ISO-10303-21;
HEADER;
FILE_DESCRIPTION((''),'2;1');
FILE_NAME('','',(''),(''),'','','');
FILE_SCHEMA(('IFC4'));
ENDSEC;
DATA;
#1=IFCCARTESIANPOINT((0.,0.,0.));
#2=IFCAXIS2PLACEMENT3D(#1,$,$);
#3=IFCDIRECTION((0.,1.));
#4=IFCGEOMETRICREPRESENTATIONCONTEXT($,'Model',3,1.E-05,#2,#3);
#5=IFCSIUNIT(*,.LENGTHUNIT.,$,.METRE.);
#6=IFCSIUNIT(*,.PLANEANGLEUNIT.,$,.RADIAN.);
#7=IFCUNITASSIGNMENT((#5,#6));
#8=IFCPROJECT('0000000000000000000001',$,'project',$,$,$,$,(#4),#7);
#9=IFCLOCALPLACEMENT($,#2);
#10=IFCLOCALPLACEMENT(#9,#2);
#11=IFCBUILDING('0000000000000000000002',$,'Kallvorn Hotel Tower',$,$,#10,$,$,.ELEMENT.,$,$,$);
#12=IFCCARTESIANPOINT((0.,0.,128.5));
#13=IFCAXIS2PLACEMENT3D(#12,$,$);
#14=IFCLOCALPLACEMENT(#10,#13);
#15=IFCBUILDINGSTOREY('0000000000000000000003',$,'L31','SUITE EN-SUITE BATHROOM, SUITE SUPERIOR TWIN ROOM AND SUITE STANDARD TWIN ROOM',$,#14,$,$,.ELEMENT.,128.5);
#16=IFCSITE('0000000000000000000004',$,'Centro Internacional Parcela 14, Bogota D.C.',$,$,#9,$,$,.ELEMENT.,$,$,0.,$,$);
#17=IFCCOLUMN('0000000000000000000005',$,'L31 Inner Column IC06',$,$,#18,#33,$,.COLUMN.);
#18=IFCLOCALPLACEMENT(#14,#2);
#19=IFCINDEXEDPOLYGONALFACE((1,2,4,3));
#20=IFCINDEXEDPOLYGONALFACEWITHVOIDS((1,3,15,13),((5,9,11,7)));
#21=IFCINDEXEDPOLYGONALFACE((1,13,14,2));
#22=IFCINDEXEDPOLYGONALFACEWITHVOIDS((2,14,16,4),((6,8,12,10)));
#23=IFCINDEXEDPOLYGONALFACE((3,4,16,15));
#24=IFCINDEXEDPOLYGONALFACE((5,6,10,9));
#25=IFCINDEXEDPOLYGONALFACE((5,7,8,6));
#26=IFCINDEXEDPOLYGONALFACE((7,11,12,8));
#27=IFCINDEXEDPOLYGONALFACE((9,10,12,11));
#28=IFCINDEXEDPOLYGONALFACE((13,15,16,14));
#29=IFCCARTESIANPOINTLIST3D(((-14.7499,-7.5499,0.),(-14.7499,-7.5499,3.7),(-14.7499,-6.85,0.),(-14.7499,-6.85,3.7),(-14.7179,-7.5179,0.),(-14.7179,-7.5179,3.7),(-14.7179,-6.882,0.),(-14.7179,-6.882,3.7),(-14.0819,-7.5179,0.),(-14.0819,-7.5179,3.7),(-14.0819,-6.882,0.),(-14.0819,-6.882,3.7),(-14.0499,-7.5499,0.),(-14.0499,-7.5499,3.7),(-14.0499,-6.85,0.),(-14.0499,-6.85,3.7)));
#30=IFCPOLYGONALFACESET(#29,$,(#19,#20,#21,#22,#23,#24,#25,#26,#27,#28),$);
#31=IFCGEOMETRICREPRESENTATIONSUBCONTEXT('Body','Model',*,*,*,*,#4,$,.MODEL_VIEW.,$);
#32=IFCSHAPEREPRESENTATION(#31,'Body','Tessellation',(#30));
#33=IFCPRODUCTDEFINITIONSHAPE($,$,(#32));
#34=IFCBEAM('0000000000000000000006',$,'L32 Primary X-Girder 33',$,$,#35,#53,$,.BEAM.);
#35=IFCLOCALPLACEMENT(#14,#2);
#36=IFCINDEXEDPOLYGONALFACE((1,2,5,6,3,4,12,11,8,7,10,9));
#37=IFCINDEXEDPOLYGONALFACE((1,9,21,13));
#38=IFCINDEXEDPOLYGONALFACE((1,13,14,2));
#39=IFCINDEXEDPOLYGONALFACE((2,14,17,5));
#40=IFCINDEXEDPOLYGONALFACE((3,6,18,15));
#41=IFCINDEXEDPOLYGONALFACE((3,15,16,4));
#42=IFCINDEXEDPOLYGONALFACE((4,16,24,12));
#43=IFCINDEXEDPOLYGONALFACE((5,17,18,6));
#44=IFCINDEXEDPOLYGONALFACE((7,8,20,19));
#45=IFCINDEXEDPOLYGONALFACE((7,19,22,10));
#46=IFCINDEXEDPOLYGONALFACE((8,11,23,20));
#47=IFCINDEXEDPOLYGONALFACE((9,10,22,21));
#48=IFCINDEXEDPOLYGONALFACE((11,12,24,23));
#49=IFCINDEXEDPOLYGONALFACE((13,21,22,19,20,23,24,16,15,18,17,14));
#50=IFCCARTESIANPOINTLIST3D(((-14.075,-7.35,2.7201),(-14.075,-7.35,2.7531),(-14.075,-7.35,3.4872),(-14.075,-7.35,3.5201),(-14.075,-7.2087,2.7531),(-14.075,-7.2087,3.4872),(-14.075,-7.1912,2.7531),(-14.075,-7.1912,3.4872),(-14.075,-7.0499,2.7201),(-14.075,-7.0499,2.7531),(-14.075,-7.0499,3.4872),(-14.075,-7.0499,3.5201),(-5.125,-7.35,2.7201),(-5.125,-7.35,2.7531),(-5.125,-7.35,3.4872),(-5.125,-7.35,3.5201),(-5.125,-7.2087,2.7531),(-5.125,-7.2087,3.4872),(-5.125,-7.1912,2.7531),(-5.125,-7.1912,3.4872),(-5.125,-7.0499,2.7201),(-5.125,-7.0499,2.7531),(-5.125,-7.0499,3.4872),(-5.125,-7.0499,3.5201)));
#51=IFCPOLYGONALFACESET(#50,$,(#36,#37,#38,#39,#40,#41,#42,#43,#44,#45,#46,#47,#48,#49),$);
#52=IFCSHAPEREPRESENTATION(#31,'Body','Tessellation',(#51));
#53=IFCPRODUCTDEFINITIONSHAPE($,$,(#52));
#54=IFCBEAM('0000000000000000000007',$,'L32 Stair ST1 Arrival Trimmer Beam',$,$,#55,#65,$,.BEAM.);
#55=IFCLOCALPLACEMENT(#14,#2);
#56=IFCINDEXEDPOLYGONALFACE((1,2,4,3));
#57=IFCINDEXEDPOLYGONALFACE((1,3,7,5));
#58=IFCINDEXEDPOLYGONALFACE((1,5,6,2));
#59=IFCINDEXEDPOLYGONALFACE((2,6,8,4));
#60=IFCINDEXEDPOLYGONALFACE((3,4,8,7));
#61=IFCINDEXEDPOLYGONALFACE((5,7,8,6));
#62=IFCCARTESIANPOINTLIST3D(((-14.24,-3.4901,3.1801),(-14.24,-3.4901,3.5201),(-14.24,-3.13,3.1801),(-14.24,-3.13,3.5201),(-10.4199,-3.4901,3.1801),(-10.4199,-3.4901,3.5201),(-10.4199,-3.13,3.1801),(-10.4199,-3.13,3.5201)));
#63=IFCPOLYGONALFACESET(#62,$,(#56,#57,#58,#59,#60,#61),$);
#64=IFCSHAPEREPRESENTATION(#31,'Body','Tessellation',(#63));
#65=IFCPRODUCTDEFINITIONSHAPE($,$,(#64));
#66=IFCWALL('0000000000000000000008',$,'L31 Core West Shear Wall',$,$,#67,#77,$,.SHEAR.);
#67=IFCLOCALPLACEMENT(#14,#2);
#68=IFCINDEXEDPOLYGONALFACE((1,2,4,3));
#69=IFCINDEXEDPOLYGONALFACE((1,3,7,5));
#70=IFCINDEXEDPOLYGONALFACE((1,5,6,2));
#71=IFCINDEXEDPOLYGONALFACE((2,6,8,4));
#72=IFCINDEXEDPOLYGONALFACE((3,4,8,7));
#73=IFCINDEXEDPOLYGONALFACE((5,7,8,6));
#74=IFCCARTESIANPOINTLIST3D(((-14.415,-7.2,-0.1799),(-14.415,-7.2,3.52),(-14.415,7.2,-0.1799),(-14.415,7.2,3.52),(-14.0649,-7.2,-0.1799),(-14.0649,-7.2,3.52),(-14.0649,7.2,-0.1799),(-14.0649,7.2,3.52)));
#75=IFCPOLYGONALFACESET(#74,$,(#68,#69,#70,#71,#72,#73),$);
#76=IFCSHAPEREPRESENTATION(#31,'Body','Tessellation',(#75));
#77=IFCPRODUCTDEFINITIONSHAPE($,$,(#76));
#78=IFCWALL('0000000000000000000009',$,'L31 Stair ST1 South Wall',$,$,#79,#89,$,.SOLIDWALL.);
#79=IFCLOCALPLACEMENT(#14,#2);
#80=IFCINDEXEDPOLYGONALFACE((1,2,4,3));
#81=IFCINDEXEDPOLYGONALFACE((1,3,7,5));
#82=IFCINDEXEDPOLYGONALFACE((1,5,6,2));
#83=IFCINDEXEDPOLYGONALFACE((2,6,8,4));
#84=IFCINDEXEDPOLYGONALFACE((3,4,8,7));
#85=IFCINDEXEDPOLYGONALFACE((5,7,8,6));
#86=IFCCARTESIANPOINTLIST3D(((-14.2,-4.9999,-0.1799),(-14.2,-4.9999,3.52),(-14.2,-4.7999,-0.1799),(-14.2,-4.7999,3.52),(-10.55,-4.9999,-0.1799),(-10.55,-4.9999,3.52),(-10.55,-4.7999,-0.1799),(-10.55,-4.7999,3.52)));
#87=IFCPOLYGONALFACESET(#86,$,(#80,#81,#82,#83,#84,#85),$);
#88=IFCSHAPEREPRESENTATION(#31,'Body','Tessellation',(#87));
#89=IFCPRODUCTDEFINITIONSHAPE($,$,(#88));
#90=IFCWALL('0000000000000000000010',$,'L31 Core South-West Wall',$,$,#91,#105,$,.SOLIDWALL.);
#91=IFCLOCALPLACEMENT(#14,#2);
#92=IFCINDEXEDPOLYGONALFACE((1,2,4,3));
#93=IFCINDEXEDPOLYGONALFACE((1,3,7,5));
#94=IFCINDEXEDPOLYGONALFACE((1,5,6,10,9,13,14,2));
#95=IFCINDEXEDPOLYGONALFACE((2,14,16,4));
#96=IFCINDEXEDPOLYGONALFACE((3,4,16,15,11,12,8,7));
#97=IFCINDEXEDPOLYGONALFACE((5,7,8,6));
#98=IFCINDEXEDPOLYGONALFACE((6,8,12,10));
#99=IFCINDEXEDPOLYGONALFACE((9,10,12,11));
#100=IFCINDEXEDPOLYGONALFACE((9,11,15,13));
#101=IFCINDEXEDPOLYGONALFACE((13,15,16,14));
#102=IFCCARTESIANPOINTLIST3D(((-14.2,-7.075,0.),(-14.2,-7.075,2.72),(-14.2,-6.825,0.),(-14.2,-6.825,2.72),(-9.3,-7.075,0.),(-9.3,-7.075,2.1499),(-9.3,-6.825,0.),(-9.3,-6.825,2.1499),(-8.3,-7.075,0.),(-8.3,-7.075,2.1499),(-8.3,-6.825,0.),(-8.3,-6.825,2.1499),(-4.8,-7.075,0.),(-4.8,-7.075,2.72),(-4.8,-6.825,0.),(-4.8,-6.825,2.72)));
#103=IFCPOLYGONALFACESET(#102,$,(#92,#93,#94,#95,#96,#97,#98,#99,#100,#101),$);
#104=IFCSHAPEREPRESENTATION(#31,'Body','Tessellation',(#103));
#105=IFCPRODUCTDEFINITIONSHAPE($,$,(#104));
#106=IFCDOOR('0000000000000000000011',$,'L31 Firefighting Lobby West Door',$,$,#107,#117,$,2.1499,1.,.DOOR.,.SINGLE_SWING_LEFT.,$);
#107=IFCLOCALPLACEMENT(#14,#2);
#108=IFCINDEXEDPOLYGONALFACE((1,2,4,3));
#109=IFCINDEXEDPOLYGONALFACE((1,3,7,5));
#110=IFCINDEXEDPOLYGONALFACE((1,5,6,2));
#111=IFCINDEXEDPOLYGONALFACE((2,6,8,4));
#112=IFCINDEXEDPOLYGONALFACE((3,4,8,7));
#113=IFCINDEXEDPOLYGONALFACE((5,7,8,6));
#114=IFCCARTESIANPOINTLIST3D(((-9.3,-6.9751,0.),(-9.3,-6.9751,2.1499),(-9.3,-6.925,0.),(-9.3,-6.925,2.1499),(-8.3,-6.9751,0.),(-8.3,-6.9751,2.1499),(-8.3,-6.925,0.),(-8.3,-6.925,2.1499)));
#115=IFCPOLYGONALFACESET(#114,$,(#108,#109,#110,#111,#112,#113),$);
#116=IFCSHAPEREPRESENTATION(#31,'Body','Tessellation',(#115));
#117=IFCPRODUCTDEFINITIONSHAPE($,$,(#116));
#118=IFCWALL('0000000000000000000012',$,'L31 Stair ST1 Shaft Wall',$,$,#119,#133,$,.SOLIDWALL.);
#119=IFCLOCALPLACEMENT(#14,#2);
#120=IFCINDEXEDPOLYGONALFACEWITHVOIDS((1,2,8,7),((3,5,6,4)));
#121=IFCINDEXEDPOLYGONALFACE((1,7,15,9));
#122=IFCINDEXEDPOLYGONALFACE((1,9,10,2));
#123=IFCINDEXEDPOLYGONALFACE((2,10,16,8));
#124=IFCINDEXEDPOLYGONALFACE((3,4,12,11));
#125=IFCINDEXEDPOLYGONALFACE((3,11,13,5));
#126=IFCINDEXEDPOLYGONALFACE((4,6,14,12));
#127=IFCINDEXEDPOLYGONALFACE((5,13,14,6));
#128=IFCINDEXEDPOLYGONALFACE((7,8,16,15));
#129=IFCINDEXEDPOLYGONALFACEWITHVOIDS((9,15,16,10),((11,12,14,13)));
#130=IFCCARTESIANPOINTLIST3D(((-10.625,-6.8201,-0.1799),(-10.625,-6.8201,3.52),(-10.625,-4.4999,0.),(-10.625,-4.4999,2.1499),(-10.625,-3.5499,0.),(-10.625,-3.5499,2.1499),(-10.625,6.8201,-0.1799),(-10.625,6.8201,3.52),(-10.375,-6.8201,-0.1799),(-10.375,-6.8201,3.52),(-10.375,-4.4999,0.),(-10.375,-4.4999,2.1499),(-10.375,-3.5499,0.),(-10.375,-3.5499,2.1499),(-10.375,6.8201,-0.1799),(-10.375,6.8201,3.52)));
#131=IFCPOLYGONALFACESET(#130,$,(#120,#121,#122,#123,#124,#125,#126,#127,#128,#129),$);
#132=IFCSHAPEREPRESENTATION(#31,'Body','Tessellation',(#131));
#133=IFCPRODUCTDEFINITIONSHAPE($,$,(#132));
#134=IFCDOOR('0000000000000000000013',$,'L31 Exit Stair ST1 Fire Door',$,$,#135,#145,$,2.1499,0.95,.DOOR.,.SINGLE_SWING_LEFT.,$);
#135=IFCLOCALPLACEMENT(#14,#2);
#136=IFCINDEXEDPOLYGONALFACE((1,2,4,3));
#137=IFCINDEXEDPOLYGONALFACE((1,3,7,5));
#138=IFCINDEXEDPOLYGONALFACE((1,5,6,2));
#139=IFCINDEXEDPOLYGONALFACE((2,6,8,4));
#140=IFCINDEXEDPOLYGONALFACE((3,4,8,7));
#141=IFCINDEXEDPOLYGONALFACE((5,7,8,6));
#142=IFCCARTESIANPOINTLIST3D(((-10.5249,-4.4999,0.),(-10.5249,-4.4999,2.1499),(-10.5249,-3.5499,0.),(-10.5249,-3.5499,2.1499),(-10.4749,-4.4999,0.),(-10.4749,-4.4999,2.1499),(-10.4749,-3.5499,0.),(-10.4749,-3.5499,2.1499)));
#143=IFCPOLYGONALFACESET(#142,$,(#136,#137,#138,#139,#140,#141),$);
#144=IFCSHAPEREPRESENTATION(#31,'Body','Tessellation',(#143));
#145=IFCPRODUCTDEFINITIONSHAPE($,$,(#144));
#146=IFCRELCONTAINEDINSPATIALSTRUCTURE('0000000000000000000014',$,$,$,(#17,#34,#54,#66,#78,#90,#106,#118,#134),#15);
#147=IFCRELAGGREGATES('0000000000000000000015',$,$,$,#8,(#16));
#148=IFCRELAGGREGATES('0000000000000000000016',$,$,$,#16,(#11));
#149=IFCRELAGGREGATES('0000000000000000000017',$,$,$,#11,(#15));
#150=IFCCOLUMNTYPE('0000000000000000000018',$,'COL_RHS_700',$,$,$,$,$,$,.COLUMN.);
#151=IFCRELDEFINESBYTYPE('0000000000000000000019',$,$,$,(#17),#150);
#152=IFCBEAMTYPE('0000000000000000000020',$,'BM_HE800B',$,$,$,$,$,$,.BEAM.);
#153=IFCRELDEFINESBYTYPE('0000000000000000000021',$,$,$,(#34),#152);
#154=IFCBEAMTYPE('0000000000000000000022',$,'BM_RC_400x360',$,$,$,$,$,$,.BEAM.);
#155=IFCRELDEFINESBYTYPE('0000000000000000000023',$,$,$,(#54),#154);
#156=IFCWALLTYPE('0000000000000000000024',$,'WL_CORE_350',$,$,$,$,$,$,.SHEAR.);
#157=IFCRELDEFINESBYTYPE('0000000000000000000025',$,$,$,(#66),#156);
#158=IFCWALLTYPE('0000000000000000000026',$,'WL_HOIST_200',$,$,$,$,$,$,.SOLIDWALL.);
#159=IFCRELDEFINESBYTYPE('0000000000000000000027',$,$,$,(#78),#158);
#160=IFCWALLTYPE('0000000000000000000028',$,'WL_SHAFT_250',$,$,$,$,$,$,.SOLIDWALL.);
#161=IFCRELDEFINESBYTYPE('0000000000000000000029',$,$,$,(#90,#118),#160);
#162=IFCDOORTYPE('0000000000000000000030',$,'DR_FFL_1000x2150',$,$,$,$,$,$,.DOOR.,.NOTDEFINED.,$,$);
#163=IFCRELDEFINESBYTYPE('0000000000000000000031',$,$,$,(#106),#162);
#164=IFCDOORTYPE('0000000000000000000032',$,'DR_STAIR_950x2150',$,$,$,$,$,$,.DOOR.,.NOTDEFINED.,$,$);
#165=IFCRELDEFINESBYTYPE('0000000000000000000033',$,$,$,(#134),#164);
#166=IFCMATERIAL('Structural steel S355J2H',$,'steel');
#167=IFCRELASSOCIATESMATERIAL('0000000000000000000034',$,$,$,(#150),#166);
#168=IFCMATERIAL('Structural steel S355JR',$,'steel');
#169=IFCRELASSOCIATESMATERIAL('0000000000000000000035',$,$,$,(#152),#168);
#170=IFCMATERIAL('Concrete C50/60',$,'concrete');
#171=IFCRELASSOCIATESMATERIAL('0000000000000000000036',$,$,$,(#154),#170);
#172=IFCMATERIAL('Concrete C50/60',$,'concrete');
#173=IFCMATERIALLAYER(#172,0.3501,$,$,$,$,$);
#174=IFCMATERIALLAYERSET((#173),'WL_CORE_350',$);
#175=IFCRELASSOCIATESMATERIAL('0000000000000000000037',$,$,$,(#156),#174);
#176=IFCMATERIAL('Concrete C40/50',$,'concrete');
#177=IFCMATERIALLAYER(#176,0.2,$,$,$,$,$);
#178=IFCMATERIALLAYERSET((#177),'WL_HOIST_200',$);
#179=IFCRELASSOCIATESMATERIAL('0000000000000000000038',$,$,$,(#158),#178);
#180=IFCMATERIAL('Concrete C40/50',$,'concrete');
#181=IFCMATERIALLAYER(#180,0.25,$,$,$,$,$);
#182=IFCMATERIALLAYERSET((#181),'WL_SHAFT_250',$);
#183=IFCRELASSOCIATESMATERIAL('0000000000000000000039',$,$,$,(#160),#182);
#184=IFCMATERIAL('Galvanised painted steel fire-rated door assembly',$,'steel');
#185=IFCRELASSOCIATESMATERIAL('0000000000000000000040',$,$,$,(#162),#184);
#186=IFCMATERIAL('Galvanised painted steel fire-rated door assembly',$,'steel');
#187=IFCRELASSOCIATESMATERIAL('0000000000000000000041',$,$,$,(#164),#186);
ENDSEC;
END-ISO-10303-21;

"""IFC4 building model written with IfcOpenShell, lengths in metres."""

from ifc_helpers import new_model, si_unit, direction, frame, frame_2d, origin, origin_2d, place, context, subcontext, project, spatial, rectangle, hollow_rectangle, i_section, extrude, material, layer, layer_set, material_profile, profile_set, type_object, element, fill, save


model = new_model("IFC4")

# Units and contexts
model_context = context("Model", 3, precision=1e-05, world=origin(), true_north=direction((0.0, 1.0)))
body_context = subcontext(model_context, "Body", "Model", "MODEL_VIEW")
ifc_project = project(units=[si_unit("LENGTHUNIT", "METRE"), si_unit("PLANEANGLEUNIT", "RADIAN")], contexts=[model_context])

# Site, building, storey
site_placement = place(None, origin())
site = spatial("IfcSite", under=ifc_project, at=site_placement, Name="Centro Internacional Parcela 14, Bogota D.C.", CompositionType="ELEMENT", RefElevation=0.0)
building_placement = place(site_placement, origin())
building = spatial("IfcBuilding", under=site, at=building_placement, Name="Kallvorn Hotel Tower", CompositionType="ELEMENT")
storey_placement = place(building_placement, frame((0.0, 0.0, 128.5)))
storey = spatial("IfcBuildingStorey", under=building, at=storey_placement, Name="L31", Description="SUITE EN-SUITE BATHROOM, SUITE SUPERIOR TWIN ROOM AND SUITE STANDARD TWIN ROOM", CompositionType="ELEMENT", Elevation=128.5)

# Column
ifc_material_1 = material(Name="Structural steel S355J2H", Category="steel")
ifc_material_profile_1 = material_profile(ifc_material_1, hollow_rectangle(XDim=0.7, YDim=0.7, WallThickness=0.032, at=origin_2d()), Name="RHS 700x700x32")
ifc_profile_set_1 = profile_set([ifc_material_profile_1], Name="Structural steel S355J2H")
column_type = type_object("IfcColumnType", Name="COL_RHS_700", PredefinedType="COLUMN", material=ifc_profile_set_1)
column_placement = place(storey_placement, frame((-14.3999, -7.2, 0.0), z_axis=(0.0, 0.0, 1.0), x_axis=(1.0, 0.0, 0.0)))
element("IfcColumn", 1, at=column_placement, inside=storey, type_object=column_type, Name="L31 Inner Column IC06", PredefinedType="COLUMN", context=body_context, shape_type="SweptSolid", body=[
    extrude(hollow_rectangle(XDim=0.7, YDim=0.7, WallThickness=0.032, at=origin_2d()), origin(), (0.0, 0.0, 1.0), 3.7),
])

# Beams
ifc_material_2 = material(Name="Structural steel S355JR", Category="steel")
ifc_material_profile_2 = material_profile(ifc_material_2, i_section(OverallWidth=0.3, OverallDepth=0.8, WebThickness=0.0176, FlangeThickness=0.033, at=origin_2d()), Name="HE 800 B")
ifc_profile_set_2 = profile_set([ifc_material_profile_2], Name="Structural steel S355JR")
beam_type_1 = type_object("IfcBeamType", Name="BM_HE800B", PredefinedType="BEAM", material=ifc_profile_set_2)
beam_1_placement = place(storey_placement, frame((-14.075, -7.2, 3.1201), z_axis=(1.0, 0.0, 0.0), x_axis=(0.0, 1.0, 0.0)))
element("IfcBeam", 2, at=beam_1_placement, inside=storey, type_object=beam_type_1, Name="L32 Primary X-Girder 33", PredefinedType="BEAM", context=body_context, shape_type="SweptSolid", body=[
    extrude(i_section(OverallWidth=0.3, OverallDepth=0.8, WebThickness=0.0176, FlangeThickness=0.033, at=origin_2d()), origin(), (0.0, 0.0, 1.0), 8.95),
])
ifc_material_3 = material(Name="Concrete C50/60", Category="concrete")
ifc_material_profile_3 = material_profile(ifc_material_3, rectangle(XDim=0.3601, YDim=0.3401, at=origin_2d()), Name="RC 360x340")
ifc_profile_set_3 = profile_set([ifc_material_profile_3], Name="Concrete C50/60")
beam_type_2 = type_object("IfcBeamType", Name="BM_RC_400x360", PredefinedType="BEAM", material=ifc_profile_set_3)
beam_2_placement = place(storey_placement, frame((-10.4199, -3.3101, 3.3501), z_axis=(-1.0, 0.0, 0.0), x_axis=(0.0, -1.0, 0.0)))
element("IfcBeam", 3, at=beam_2_placement, inside=storey, type_object=beam_type_2, Name="L32 Stair ST1 Arrival Trimmer Beam", PredefinedType="BEAM", context=body_context, shape_type="SweptSolid", body=[
    extrude(rectangle(XDim=0.3601, YDim=0.3401, at=origin_2d()), origin(), (0.0, 0.0, 1.0), 3.8201),
])

# Walls
ifc_material_4 = material(Name="Concrete C50/60", Category="concrete")
ifc_layer_1 = layer(ifc_material_4, 0.3501)
ifc_layer_set_1 = layer_set([ifc_layer_1], Name="WL_CORE_350")
wall_type_1 = type_object("IfcWallType", Name="WL_CORE_350", PredefinedType="SHEAR", material=ifc_layer_set_1)
wall_1_placement = place(storey_placement, frame((-14.24, -7.2, -0.1799), z_axis=(0.0, 0.0, 1.0), x_axis=(0.0, 1.0, 0.0)))
element("IfcWall", 4, at=wall_1_placement, inside=storey, type_object=wall_type_1, Name="L31 Core West Shear Wall", PredefinedType="SHEAR", context=body_context, shape_type="SweptSolid", body=[
    extrude(rectangle(XDim=14.3999, YDim=0.3501, at=frame_2d((7.2, 0.0))), origin(), (0.0, 0.0, 1.0), 3.7),
])
ifc_material_5 = material(Name="Concrete C40/50", Category="concrete")
ifc_layer_2 = layer(ifc_material_5, 0.2)
ifc_layer_set_2 = layer_set([ifc_layer_2], Name="WL_HOIST_200")
wall_type_2 = type_object("IfcWallType", Name="WL_HOIST_200", PredefinedType="SOLIDWALL", material=ifc_layer_set_2)
wall_2_placement = place(storey_placement, frame((-14.2, -4.8999, -0.1799), z_axis=(0.0, 0.0, 1.0), x_axis=(1.0, 0.0, 0.0)))
element("IfcWall", 5, at=wall_2_placement, inside=storey, type_object=wall_type_2, Name="L31 Stair ST1 South Wall", PredefinedType="SOLIDWALL", context=body_context, shape_type="SweptSolid", body=[
    extrude(rectangle(XDim=3.6499, YDim=0.2, at=frame_2d((1.825, 0.0))), origin(), (0.0, 0.0, 1.0), 3.7),
])

# Walls, openings, doors
ifc_material_6 = material(Name="Concrete C40/50", Category="concrete")
ifc_layer_3 = layer(ifc_material_6, 0.25)
ifc_layer_set_3 = layer_set([ifc_layer_3], Name="WL_SHAFT_250")
wall_type_3 = type_object("IfcWallType", Name="WL_SHAFT_250", PredefinedType="SOLIDWALL", material=ifc_layer_set_3)
wall_3_placement = place(storey_placement, frame((-14.2, -6.95, 0.0), z_axis=(0.0, 0.0, 1.0), x_axis=(1.0, 0.0, 0.0)))
wall_3 = element("IfcWall", 6, at=wall_3_placement, inside=storey, type_object=wall_type_3, Name="L31 Core South-West Wall", PredefinedType="SOLIDWALL", context=body_context, shape_type="SweptSolid", body=[
    extrude(rectangle(XDim=9.3999, YDim=0.25, at=frame_2d((4.7, 0.0))), origin(), (0.0, 0.0, 1.0), 2.72),
])
opening_1_placement = place(wall_3_placement, frame((4.8999, 0.0, 0.0)))
opening_1 = element("IfcOpeningElement", 7, at=opening_1_placement, cuts=wall_3, PredefinedType="OPENING", context=body_context, shape_type="SweptSolid", body=[
    extrude(rectangle(XDim=1.0, YDim=2.1499, at=frame_2d((0.5, 1.075))), frame((0.0, 0.1399, 0.0), z_axis=(0.0, -1.0, 0.0), x_axis=(1.0, 0.0, 0.0)), (0.0, 0.0, 1.0), 0.28),
])
ifc_material_7 = material(Name="Galvanised painted steel fire-rated door assembly", Category="steel")
door_type_1 = type_object("IfcDoorType", Name="DR_FFL_1000x2150", OperationType="NOTDEFINED", PredefinedType="DOOR", material=ifc_material_7)
door_1_placement = place(opening_1_placement, origin())
door_1 = element("IfcDoor", 8, at=door_1_placement, inside=storey, type_object=door_type_1, Name="L31 Firefighting Lobby West Door", OperationType="SINGLE_SWING_LEFT", OverallHeight=2.1499, OverallWidth=1.0, PredefinedType="DOOR", context=body_context, shape_type="SweptSolid", body=[
    extrude(rectangle(XDim=1.0, YDim=2.1499, at=frame_2d((0.5, 1.075))), frame((0.0, 0.0249, 0.0), z_axis=(0.0, -1.0, 0.0), x_axis=(1.0, 0.0, 0.0)), (0.0, 0.0, 1.0), 0.05),
])
fill(opening_1, door_1)
wall_4_placement = place(storey_placement, frame((-10.5, -6.8201, -0.1799), z_axis=(0.0, 0.0, 1.0), x_axis=(0.0, 1.0, 0.0)))
wall_4 = element("IfcWall", 9, at=wall_4_placement, inside=storey, type_object=wall_type_3, Name="L31 Stair ST1 Shaft Wall", PredefinedType="SOLIDWALL", context=body_context, shape_type="SweptSolid", body=[
    extrude(rectangle(XDim=13.6401, YDim=0.25, at=frame_2d((6.8201, 0.0))), origin(), (0.0, 0.0, 1.0), 3.7),
])
opening_2_placement = place(wall_4_placement, frame((2.3201, 0.0, 0.1799)))
opening_2 = element("IfcOpeningElement", 10, at=opening_2_placement, cuts=wall_4, PredefinedType="OPENING", context=body_context, shape_type="SweptSolid", body=[
    extrude(rectangle(XDim=0.95, YDim=2.1499, at=frame_2d((0.4751, 1.075))), frame((0.0, 0.1399, 0.0), z_axis=(0.0, -1.0, 0.0), x_axis=(1.0, 0.0, 0.0)), (0.0, 0.0, 1.0), 0.28),
])
ifc_material_8 = material(Name="Galvanised painted steel fire-rated door assembly", Category="steel")
door_type_2 = type_object("IfcDoorType", Name="DR_STAIR_950x2150", OperationType="NOTDEFINED", PredefinedType="DOOR", material=ifc_material_8)
door_2_placement = place(opening_2_placement, origin())
door_2 = element("IfcDoor", 11, at=door_2_placement, inside=storey, type_object=door_type_2, Name="L31 Exit Stair ST1 Fire Door", OperationType="SINGLE_SWING_LEFT", OverallHeight=2.1499, OverallWidth=0.95, PredefinedType="DOOR", context=body_context, shape_type="SweptSolid", body=[
    extrude(rectangle(XDim=0.95, YDim=2.1499, at=frame_2d((0.4751, 1.075))), frame((0.0, 0.0249, 0.0), z_axis=(0.0, -1.0, 0.0), x_axis=(1.0, 0.0, 0.0)), (0.0, 0.0, 1.0), 0.05),
])
fill(opening_2, door_2)

save(model, "model.ifc")
